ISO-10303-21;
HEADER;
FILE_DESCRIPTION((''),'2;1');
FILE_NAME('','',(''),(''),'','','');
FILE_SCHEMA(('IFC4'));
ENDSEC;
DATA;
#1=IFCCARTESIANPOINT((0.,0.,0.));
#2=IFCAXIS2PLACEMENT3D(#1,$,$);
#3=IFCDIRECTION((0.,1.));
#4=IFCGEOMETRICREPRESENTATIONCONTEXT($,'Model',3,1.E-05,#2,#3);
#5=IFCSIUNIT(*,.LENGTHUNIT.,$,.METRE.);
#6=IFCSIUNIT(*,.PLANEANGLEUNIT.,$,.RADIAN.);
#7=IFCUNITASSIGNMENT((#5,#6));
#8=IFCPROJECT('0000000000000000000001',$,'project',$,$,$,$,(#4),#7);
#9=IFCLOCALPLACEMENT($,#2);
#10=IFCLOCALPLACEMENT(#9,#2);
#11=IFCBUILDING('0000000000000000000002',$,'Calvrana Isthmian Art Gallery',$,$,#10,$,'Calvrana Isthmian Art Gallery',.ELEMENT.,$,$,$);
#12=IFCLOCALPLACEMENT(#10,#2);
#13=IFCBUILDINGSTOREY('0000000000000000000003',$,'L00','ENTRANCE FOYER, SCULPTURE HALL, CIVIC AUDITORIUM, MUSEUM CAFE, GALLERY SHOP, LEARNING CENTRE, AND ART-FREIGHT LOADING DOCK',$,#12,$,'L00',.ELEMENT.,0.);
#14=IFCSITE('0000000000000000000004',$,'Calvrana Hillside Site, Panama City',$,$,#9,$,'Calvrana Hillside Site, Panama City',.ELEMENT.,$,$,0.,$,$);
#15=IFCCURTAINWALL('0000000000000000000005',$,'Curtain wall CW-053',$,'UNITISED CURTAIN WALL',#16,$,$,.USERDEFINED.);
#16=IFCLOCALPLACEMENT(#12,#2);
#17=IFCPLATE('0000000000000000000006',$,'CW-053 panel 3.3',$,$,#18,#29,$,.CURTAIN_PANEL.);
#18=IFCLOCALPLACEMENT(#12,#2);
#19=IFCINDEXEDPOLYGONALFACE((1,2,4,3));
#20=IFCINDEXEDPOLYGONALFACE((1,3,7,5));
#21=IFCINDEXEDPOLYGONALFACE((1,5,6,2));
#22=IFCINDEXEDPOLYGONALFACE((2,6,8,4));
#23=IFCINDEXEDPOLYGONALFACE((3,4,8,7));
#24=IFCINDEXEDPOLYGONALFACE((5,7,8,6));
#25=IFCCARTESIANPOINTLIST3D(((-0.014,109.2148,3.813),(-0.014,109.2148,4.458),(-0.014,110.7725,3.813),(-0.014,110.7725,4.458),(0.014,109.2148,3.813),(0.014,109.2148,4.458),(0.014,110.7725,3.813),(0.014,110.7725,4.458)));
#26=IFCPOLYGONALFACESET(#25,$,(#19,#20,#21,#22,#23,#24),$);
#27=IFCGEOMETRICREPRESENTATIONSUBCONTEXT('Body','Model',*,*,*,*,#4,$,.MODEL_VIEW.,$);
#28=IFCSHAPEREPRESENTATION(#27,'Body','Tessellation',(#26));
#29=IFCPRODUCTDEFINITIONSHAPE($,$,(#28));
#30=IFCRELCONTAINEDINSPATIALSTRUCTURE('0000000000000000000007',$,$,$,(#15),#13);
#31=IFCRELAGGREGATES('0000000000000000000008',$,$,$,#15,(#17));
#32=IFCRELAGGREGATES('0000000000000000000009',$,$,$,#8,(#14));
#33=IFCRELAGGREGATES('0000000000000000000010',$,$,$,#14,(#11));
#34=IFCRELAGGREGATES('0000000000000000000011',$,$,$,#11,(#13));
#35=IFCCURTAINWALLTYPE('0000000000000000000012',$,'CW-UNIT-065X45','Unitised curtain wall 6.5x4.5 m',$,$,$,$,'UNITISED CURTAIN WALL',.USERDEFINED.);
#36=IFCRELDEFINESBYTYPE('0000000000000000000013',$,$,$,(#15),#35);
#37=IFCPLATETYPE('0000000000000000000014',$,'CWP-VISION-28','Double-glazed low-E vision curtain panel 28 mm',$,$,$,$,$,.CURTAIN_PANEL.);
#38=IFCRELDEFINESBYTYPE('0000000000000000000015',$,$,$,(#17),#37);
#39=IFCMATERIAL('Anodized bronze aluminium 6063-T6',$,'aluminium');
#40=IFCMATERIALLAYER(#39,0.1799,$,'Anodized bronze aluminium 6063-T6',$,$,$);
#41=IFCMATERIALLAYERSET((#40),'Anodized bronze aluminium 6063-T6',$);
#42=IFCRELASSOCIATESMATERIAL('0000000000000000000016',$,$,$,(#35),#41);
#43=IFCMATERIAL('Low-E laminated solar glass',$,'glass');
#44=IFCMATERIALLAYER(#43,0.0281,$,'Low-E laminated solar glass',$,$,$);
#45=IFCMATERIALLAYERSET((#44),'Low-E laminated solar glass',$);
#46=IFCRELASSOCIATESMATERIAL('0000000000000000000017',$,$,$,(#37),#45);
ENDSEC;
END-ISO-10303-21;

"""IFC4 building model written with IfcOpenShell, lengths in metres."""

from ifc_helpers import new_model, si_unit, direction, frame, origin, origin_2d, place, context, subcontext, project, spatial, rectangle, extrude, material, layer, layer_set, type_object, element, aggregate, save


model = new_model("IFC4")

# Units and contexts
model_context = context("Model", 3, precision=1e-05, world=origin(), true_north=direction((0.0, 1.0)))
body_context = subcontext(model_context, "Body", "Model", "MODEL_VIEW")
ifc_project = project(units=[si_unit("LENGTHUNIT", "METRE"), si_unit("PLANEANGLEUNIT", "RADIAN")], contexts=[model_context])

# Site, building, storey
site_placement = place(None, origin())
site = spatial("IfcSite", under=ifc_project, at=site_placement, Name="Calvrana Hillside Site, Panama City", LongName="Calvrana Hillside Site, Panama City", CompositionType="ELEMENT", RefElevation=0.0)
building_placement = place(site_placement, origin())
building = spatial("IfcBuilding", under=site, at=building_placement, Name="Calvrana Isthmian Art Gallery", LongName="Calvrana Isthmian Art Gallery", CompositionType="ELEMENT")
storey_placement = place(building_placement, origin())
storey = spatial("IfcBuildingStorey", under=building, at=storey_placement, Name="L00", Description="ENTRANCE FOYER, SCULPTURE HALL, CIVIC AUDITORIUM, MUSEUM CAFE, GALLERY SHOP, LEARNING CENTRE, AND ART-FREIGHT LOADING DOCK", LongName="L00", CompositionType="ELEMENT", Elevation=0.0)

# Shared definitions
ifc_material_1 = material(Name="Anodized bronze aluminium 6063-T6", Category="aluminium")

# Curtain wall
ifc_layer_1 = layer(ifc_material_1, 0.1799, Name="Anodized bronze aluminium 6063-T6")
ifc_layer_set_1 = layer_set([ifc_layer_1], Name="Anodized bronze aluminium 6063-T6")
curtain_wall_type_1 = type_object("IfcCurtainWallType", Name="CW-UNIT-065X45", Description="Unitised curtain wall 6.5x4.5 m", ElementType="UNITISED CURTAIN WALL", PredefinedType="USERDEFINED", material=ifc_layer_set_1)
curtain_wall_1_placement = place(storey_placement, origin())
curtain_wall_1 = element("IfcCurtainWall", 1, at=curtain_wall_1_placement, inside=storey, type_object=curtain_wall_type_1, Name="Curtain wall CW-053", ObjectType="UNITISED CURTAIN WALL", PredefinedType="USERDEFINED")

# Plate
ifc_material_2 = material(Name="Low-E laminated solar glass", Category="glass")
ifc_layer_2 = layer(ifc_material_2, 0.0281, Name="Low-E laminated solar glass")
ifc_layer_set_2 = layer_set([ifc_layer_2], Name="Low-E laminated solar glass")
plate_type = type_object("IfcPlateType", Name="CWP-VISION-28", Description="Double-glazed low-E vision curtain panel 28 mm", PredefinedType="CURTAIN_PANEL", material=ifc_layer_set_2)
plate_1_placement = place(storey_placement, frame((0.0, 109.9937, 3.813), z_axis=(0.0, 0.0, 1.0), x_axis=(0.0, 1.0, 0.0)))
plate_1 = element("IfcPlate", 2, at=plate_1_placement, type_object=plate_type, Name="CW-053 panel 3.3", PredefinedType="CURTAIN_PANEL", context=body_context, shape_type="SweptSolid", body=[
    extrude(rectangle(XDim=1.5576, YDim=0.0281, at=origin_2d()), origin(), (0.0, 0.0, 1.0), 0.645),
])
aggregate(curtain_wall_1, [plate_1])

save(model, "model.ifc")
